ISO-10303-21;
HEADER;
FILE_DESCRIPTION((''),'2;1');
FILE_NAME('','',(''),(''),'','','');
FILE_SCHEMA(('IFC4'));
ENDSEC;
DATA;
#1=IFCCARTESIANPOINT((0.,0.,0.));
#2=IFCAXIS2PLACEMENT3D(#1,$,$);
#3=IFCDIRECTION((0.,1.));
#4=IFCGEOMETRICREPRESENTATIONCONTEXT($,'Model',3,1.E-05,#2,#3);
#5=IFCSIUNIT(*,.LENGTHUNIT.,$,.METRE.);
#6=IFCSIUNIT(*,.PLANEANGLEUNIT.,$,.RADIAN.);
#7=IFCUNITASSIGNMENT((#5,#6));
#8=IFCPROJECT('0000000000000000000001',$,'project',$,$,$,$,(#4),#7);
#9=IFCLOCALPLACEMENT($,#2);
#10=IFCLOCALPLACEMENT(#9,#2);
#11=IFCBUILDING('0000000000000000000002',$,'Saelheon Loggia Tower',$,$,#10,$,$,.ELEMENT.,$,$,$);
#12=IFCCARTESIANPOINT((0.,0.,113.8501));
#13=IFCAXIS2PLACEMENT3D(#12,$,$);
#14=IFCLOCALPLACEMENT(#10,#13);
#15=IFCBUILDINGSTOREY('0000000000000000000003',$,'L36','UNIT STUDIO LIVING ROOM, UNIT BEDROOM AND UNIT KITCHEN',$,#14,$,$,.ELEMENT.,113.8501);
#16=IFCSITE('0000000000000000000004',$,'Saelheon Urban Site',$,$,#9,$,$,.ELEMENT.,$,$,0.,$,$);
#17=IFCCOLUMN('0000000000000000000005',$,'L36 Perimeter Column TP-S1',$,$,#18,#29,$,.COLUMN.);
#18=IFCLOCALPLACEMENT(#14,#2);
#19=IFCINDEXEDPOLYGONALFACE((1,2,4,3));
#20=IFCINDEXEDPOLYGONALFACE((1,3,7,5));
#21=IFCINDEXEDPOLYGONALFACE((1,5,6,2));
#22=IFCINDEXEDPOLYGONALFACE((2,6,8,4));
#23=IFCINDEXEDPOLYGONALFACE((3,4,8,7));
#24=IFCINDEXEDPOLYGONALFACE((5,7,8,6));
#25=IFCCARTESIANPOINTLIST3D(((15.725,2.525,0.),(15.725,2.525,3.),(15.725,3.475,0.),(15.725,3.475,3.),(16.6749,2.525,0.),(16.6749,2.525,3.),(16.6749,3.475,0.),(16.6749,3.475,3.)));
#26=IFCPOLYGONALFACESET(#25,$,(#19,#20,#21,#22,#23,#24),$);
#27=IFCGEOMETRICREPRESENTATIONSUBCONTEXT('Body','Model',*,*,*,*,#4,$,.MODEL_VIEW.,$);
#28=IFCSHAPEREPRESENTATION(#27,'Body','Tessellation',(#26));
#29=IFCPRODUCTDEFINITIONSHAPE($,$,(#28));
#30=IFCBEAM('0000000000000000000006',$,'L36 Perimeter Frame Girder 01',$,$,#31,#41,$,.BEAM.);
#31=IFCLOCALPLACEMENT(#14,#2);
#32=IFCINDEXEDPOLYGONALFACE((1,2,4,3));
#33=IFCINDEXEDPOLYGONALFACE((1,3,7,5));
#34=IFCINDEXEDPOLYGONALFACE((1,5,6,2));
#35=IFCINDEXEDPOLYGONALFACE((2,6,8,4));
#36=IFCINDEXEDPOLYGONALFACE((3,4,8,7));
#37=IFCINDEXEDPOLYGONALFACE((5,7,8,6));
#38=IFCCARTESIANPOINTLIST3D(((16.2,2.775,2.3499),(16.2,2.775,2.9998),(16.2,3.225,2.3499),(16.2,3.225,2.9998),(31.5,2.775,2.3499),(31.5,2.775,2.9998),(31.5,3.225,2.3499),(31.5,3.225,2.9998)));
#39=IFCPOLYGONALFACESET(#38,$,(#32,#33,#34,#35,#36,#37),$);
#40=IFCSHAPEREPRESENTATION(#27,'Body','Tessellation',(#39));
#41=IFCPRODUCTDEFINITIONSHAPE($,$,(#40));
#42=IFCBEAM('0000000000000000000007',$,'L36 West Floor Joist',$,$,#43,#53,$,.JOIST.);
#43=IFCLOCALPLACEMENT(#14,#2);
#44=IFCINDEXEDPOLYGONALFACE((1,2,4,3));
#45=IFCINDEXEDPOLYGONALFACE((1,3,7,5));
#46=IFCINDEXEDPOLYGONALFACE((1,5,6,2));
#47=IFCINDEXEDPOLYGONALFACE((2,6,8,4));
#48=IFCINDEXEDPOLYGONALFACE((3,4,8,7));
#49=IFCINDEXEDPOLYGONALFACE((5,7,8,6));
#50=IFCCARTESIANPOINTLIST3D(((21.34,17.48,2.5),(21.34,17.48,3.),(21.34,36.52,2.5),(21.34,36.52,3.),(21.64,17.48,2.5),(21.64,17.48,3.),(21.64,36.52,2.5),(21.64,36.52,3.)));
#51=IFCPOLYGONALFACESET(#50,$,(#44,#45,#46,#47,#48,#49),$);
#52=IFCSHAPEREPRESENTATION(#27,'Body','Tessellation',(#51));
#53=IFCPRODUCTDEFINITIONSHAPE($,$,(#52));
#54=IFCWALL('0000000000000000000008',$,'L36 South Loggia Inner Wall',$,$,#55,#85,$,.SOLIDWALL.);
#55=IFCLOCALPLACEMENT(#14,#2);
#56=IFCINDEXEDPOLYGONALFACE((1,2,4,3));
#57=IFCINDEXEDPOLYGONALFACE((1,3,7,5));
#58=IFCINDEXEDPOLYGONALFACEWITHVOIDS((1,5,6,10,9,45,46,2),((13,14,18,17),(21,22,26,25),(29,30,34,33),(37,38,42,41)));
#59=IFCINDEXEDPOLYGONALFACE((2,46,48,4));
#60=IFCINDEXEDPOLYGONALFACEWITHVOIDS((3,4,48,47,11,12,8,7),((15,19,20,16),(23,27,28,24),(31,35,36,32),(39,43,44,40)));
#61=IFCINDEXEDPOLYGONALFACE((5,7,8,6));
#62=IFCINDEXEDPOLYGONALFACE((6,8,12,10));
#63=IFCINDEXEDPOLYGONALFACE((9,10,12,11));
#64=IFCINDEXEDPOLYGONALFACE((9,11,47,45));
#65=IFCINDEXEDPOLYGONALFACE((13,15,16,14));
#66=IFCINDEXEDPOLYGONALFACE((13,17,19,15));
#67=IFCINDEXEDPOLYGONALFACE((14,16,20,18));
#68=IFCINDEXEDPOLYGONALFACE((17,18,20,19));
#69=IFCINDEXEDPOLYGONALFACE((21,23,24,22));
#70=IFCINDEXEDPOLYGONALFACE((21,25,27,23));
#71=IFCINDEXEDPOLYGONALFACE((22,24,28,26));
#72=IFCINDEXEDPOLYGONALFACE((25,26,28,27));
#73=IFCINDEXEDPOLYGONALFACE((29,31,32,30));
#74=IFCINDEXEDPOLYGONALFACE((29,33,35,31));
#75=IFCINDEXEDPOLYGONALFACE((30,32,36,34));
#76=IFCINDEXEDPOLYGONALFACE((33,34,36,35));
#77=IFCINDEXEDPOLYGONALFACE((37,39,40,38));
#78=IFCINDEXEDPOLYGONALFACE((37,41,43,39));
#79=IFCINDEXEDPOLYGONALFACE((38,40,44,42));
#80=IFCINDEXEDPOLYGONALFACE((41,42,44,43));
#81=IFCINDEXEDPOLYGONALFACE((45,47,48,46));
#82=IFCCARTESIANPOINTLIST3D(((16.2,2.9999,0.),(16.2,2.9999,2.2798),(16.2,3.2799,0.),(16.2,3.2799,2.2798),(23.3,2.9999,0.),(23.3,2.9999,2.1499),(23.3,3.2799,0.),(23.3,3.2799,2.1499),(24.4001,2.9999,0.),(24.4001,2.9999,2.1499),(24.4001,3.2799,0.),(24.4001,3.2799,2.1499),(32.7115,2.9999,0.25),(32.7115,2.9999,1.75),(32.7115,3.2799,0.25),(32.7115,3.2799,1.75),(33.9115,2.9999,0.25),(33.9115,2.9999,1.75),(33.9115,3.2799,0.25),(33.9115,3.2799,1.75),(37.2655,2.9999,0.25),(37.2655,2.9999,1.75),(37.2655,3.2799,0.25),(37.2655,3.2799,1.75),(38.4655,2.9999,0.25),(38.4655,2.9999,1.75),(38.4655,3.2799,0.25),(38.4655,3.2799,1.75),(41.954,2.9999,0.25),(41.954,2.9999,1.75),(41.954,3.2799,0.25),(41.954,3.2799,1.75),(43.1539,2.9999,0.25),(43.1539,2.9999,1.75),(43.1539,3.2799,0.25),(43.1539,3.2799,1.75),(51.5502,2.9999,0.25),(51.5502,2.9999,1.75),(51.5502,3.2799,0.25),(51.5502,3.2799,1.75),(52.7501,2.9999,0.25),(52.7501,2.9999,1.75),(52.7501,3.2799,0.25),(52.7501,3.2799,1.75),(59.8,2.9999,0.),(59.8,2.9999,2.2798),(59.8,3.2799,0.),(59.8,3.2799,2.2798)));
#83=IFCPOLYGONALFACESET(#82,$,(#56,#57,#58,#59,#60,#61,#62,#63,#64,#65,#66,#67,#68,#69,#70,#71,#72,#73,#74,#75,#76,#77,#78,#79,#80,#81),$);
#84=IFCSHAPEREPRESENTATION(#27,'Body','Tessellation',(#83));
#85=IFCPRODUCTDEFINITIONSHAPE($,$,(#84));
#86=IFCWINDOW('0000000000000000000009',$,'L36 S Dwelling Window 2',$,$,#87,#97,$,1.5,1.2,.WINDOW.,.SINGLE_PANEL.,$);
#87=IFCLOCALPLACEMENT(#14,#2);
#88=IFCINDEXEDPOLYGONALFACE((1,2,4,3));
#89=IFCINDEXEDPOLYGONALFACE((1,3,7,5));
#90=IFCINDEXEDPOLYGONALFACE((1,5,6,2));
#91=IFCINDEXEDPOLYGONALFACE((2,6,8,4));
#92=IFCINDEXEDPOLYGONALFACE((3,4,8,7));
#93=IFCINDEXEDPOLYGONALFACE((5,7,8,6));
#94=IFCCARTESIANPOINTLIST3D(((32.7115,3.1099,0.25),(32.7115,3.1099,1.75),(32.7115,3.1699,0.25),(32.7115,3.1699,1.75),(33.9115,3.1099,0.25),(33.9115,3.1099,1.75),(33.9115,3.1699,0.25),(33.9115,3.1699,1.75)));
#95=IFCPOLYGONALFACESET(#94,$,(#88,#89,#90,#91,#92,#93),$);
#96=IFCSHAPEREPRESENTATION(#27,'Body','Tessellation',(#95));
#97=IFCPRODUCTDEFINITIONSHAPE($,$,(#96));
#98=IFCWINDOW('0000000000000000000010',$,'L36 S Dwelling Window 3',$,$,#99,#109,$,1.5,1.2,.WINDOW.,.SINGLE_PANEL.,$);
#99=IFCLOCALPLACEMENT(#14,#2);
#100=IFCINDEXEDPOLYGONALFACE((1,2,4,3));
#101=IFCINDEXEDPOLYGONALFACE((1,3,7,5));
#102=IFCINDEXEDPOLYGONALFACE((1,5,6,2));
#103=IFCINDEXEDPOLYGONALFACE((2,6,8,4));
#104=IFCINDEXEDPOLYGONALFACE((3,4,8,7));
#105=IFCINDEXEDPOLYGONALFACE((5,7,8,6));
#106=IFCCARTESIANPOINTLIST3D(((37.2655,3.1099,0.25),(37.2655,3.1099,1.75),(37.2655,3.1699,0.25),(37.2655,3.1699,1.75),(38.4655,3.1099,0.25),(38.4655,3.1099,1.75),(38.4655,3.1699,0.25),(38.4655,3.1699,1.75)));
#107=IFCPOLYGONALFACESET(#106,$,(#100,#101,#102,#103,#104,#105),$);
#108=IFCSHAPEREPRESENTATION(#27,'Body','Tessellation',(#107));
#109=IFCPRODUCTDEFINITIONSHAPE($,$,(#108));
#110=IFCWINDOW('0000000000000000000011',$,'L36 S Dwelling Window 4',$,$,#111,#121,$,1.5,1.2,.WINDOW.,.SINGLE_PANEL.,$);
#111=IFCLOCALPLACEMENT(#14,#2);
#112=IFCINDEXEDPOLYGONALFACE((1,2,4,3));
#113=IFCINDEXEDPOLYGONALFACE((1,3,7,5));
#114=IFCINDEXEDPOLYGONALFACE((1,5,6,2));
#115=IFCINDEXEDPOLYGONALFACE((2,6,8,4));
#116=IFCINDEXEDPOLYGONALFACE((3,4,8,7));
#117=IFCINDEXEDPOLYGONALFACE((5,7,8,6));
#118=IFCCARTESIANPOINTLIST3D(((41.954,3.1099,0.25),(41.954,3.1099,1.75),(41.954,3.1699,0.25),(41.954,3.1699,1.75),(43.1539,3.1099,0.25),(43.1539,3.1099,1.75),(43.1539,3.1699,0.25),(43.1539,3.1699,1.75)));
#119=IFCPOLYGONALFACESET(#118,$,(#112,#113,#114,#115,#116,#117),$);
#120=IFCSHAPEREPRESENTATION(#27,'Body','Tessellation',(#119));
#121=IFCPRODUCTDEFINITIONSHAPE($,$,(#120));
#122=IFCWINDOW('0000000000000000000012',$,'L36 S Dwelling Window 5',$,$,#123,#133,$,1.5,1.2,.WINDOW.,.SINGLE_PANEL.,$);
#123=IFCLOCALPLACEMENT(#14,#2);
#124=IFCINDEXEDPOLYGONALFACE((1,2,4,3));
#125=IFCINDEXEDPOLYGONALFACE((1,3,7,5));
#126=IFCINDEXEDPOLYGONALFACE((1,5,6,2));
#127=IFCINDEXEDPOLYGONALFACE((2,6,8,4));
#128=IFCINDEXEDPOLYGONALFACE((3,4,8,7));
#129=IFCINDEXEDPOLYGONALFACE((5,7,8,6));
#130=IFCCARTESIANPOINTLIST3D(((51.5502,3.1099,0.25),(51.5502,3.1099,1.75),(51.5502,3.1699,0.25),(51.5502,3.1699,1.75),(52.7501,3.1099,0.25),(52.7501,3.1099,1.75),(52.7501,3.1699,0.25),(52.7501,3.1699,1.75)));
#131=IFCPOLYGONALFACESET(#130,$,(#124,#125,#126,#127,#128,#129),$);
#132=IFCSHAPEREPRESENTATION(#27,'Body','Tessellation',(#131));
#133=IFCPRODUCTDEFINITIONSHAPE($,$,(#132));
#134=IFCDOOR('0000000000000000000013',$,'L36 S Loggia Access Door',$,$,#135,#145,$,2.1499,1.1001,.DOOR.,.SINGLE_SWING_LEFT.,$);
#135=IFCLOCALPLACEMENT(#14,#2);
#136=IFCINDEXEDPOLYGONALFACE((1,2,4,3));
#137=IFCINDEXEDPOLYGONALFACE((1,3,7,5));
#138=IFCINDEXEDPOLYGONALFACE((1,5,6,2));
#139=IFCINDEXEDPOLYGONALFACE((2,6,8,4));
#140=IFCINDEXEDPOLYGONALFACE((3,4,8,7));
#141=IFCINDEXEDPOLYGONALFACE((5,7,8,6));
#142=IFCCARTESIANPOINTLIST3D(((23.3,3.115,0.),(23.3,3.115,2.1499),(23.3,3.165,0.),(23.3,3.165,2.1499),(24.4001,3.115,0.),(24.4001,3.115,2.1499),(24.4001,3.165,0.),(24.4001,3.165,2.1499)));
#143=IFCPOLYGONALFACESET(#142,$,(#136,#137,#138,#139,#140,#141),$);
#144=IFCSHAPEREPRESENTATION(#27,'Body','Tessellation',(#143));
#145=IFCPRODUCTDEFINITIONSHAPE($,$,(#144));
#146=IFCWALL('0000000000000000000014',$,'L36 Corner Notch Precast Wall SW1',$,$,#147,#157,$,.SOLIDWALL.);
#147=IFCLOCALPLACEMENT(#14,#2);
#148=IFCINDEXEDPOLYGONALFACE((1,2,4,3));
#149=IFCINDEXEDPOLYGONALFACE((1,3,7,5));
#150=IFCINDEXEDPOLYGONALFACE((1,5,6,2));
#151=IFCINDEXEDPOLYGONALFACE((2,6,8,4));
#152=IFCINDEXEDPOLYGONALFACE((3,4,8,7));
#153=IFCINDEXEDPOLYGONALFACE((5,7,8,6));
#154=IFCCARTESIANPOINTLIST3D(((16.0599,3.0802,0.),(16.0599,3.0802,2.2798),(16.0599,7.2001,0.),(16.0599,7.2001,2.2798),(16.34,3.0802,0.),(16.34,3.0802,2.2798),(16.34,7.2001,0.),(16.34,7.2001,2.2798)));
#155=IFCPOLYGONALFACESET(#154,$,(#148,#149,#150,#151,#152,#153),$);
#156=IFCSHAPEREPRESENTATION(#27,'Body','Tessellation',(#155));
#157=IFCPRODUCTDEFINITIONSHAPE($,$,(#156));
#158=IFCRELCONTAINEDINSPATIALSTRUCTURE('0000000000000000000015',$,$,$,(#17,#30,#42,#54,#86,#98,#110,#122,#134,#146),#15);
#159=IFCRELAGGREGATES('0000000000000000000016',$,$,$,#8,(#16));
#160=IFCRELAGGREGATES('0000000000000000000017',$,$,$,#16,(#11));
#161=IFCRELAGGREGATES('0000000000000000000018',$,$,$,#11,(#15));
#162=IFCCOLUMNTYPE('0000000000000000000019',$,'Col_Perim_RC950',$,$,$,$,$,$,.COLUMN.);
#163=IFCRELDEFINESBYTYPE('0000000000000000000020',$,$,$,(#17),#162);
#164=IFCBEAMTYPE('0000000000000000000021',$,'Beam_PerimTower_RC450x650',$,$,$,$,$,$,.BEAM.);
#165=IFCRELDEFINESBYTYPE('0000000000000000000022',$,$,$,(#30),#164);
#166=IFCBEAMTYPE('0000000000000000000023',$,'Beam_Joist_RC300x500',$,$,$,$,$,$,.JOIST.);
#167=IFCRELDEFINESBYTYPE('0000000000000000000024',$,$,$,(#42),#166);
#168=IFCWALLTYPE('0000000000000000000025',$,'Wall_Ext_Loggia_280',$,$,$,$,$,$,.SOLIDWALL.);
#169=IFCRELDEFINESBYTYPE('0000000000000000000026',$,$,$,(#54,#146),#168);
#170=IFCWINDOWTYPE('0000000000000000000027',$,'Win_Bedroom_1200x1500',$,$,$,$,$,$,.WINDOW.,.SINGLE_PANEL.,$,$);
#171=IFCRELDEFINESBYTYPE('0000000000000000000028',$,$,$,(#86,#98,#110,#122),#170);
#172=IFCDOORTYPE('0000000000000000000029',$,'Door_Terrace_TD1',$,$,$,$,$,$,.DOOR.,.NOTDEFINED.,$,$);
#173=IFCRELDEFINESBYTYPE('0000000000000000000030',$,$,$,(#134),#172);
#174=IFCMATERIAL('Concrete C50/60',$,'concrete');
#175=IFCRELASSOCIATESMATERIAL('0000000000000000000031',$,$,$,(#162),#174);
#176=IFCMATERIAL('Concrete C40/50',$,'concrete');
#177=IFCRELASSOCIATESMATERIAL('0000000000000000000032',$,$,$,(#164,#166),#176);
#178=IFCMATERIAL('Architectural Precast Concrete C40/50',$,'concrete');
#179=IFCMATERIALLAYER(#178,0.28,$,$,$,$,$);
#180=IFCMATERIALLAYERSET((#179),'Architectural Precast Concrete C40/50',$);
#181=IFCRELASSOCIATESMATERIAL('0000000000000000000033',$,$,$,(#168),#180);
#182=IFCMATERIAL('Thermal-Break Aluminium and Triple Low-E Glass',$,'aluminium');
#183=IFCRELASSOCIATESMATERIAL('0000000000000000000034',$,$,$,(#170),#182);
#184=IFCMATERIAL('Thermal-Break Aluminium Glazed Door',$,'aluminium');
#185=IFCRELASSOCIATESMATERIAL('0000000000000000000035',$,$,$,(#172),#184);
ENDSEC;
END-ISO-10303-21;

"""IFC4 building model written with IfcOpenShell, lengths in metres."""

from ifc_helpers import new_model, si_unit, direction, frame, frame_2d, origin, origin_2d, place, context, subcontext, project, spatial, rectangle, extrude, source, transform, mapped, material, layer, layer_set, material_profile, profile_set, type_object, element, fill, save


model = new_model("IFC4")

# Units and contexts
model_context = context("Model", 3, precision=1e-05, world=origin(), true_north=direction((0.0, 1.0)))
body_context = subcontext(model_context, "Body", "Model", "MODEL_VIEW")
ifc_project = project(units=[si_unit("LENGTHUNIT", "METRE"), si_unit("PLANEANGLEUNIT", "RADIAN")], contexts=[model_context])

# Site, building, storey
site_placement = place(None, origin())
site = spatial("IfcSite", under=ifc_project, at=site_placement, Name="Saelheon Urban Site", CompositionType="ELEMENT", RefElevation=0.0)
building_placement = place(site_placement, origin())
building = spatial("IfcBuilding", under=site, at=building_placement, Name="Saelheon Loggia Tower", CompositionType="ELEMENT")
storey_placement = place(building_placement, frame((0.0, 0.0, 113.8501)))
storey = spatial("IfcBuildingStorey", under=building, at=storey_placement, Name="L36", Description="UNIT STUDIO LIVING ROOM, UNIT BEDROOM AND UNIT KITCHEN", CompositionType="ELEMENT", Elevation=113.8501)

# Column
ifc_material_1 = material(Name="Concrete C50/60", Category="concrete")
ifc_material_profile_1 = material_profile(ifc_material_1, rectangle(XDim=0.95, YDim=0.95, at=origin_2d()), Name="RC-950x950")
ifc_profile_set_1 = profile_set([ifc_material_profile_1], Name="Concrete C50/60")
column_type = type_object("IfcColumnType", Name="Col_Perim_RC950", PredefinedType="COLUMN", material=ifc_profile_set_1)
shared_shape_1 = source(origin(), body_context, "Body", "SweptSolid", [
    extrude(rectangle(XDim=0.95, YDim=0.95, at=origin_2d()), origin(), (0.0, 0.0, 1.0), 3.0),
])
column_placement = place(storey_placement, frame((16.2, 3.0, 0.0), z_axis=(0.0, 0.0, 1.0), x_axis=(1.0, 0.0, 0.0)))
element("IfcColumn", 1, at=column_placement, inside=storey, type_object=column_type, Name="L36 Perimeter Column TP-S1", PredefinedType="COLUMN", context=body_context, shape_type="MappedRepresentation", body=[
    mapped(shared_shape_1, transform((0.0, 0.0, 0.0), scale=1.0)),
])

# Beams
ifc_material_2 = material(Name="Concrete C40/50", Category="concrete")
ifc_material_profile_2 = material_profile(ifc_material_2, rectangle(XDim=0.45, YDim=0.6499, at=origin_2d()), Name="RC-450x650")
ifc_profile_set_2 = profile_set([ifc_material_profile_2], Name="Concrete C40/50")
beam_type_1 = type_object("IfcBeamType", Name="Beam_PerimTower_RC450x650", PredefinedType="BEAM", material=ifc_profile_set_2)
shared_shape_2 = source(origin(), body_context, "Body", "SweptSolid", [
    extrude(rectangle(XDim=0.45, YDim=0.6499, at=origin_2d()), origin(), (0.0, 0.0, 1.0), 15.3),
])
beam_1_placement = place(storey_placement, frame((16.2, 3.0, 2.6748), z_axis=(1.0, 0.0, 0.0), x_axis=(0.0, 1.0, 0.0)))
element("IfcBeam", 2, at=beam_1_placement, inside=storey, type_object=beam_type_1, Name="L36 Perimeter Frame Girder 01", PredefinedType="BEAM", context=body_context, shape_type="MappedRepresentation", body=[
    mapped(shared_shape_2, transform((0.0, 0.0, 0.0), scale=1.0)),
])
ifc_material_profile_3 = material_profile(ifc_material_2, rectangle(XDim=0.3, YDim=0.5, at=origin_2d()), Name="RC-300x500")
ifc_profile_set_3 = profile_set([ifc_material_profile_3], Name="Concrete C40/50")
beam_type_2 = type_object("IfcBeamType", Name="Beam_Joist_RC300x500", PredefinedType="JOIST", material=ifc_profile_set_3)
shared_shape_3 = source(origin(), body_context, "Body", "SweptSolid", [
    extrude(rectangle(XDim=0.3, YDim=0.5, at=origin_2d()), origin(), (0.0, 0.0, 1.0), 19.04),
])
beam_2_placement = place(storey_placement, frame((21.49, 17.48, 2.75), z_axis=(0.0, 1.0, 0.0), x_axis=(-1.0, 0.0, 0.0)))
element("IfcBeam", 3, at=beam_2_placement, inside=storey, type_object=beam_type_2, Name="L36 West Floor Joist", PredefinedType="JOIST", context=body_context, shape_type="MappedRepresentation", body=[
    mapped(shared_shape_3, transform((0.0, 0.0, 0.0), scale=1.0)),
])

# Wall, openings, windows, door
ifc_material_3 = material(Name="Architectural Precast Concrete C40/50", Category="concrete")
ifc_layer_1 = layer(ifc_material_3, 0.28)
ifc_layer_set_1 = layer_set([ifc_layer_1], Name="Architectural Precast Concrete C40/50")
wall_type_1 = type_object("IfcWallType", Name="Wall_Ext_Loggia_280", PredefinedType="SOLIDWALL", material=ifc_layer_set_1)
wall_1_placement = place(storey_placement, frame((16.2, 3.1399, 0.0), z_axis=(0.0, 0.0, 1.0), x_axis=(1.0, 0.0, 0.0)))
wall_1 = element("IfcWall", 4, at=wall_1_placement, inside=storey, type_object=wall_type_1, Name="L36 South Loggia Inner Wall", PredefinedType="SOLIDWALL", context=body_context, shape_type="SweptSolid", body=[
    extrude(rectangle(XDim=43.6001, YDim=0.28, at=frame_2d((21.8, 0.0))), origin(), (0.0, 0.0, 1.0), 2.2798),
])
opening_1_placement = place(wall_1_placement, frame((8.2002, 0.0, 0.0), z_axis=(0.0, 0.0, 1.0), x_axis=(-1.0, 0.0, 0.0)))
opening_1 = element("IfcOpeningElement", 5, at=opening_1_placement, cuts=wall_1, PredefinedType="OPENING", context=body_context, shape_type="SweptSolid", body=[
    extrude(rectangle(XDim=1.1001, YDim=2.1499, at=frame_2d((0.55, 1.075))), frame((0.0, 0.1521, 0.0), z_axis=(0.0, -1.0, 0.0), x_axis=(1.0, 0.0, 0.0)), (0.0, 0.0, 1.0), 0.304),
])
opening_2_placement = place(wall_1_placement, frame((16.5115, 0.0, 0.25)))
opening_2 = element("IfcOpeningElement", 6, at=opening_2_placement, cuts=wall_1, PredefinedType="OPENING", context=body_context, shape_type="SweptSolid", body=[
    extrude(rectangle(XDim=1.2, YDim=1.5, at=frame_2d((0.6001, 0.75))), frame((0.0, 0.1521, 0.0), z_axis=(0.0, -1.0, 0.0), x_axis=(1.0, 0.0, 0.0)), (0.0, 0.0, 1.0), 0.304),
])
opening_3_placement = place(wall_1_placement, frame((21.0654, 0.0, 0.25)))
opening_3 = element("IfcOpeningElement", 7, at=opening_3_placement, cuts=wall_1, PredefinedType="OPENING", context=body_context, shape_type="SweptSolid", body=[
    extrude(rectangle(XDim=1.2, YDim=1.5, at=frame_2d((0.6001, 0.75))), frame((0.0, 0.1521, 0.0), z_axis=(0.0, -1.0, 0.0), x_axis=(1.0, 0.0, 0.0)), (0.0, 0.0, 1.0), 0.304),
])
opening_4_placement = place(wall_1_placement, frame((25.7539, 0.0, 0.25)))
opening_4 = element("IfcOpeningElement", 8, at=opening_4_placement, cuts=wall_1, PredefinedType="OPENING", context=body_context, shape_type="SweptSolid", body=[
    extrude(rectangle(XDim=1.2, YDim=1.5, at=frame_2d((0.6001, 0.75))), frame((0.0, 0.1521, 0.0), z_axis=(0.0, -1.0, 0.0), x_axis=(1.0, 0.0, 0.0)), (0.0, 0.0, 1.0), 0.304),
])
opening_5_placement = place(wall_1_placement, frame((35.3501, 0.0, 0.25)))
opening_5 = element("IfcOpeningElement", 9, at=opening_5_placement, cuts=wall_1, PredefinedType="OPENING", context=body_context, shape_type="SweptSolid", body=[
    extrude(rectangle(XDim=1.2, YDim=1.5, at=frame_2d((0.6001, 0.75))), frame((0.0, 0.1521, 0.0), z_axis=(0.0, -1.0, 0.0), x_axis=(1.0, 0.0, 0.0)), (0.0, 0.0, 1.0), 0.304),
])
ifc_material_4 = material(Name="Thermal-Break Aluminium and Triple Low-E Glass", Category="aluminium")
window_type = type_object("IfcWindowType", Name="Win_Bedroom_1200x1500", PartitioningType="SINGLE_PANEL", PredefinedType="WINDOW", material=ifc_material_4)
shared_shape_4 = source(origin(), body_context, "Body", "SweptSolid", [
    extrude(rectangle(XDim=1.2, YDim=1.5, at=frame_2d((0.6001, 0.75))), frame((0.0, 0.03, 0.0), z_axis=(0.0, -1.0, 0.0), x_axis=(1.0, 0.0, 0.0)), (0.0, 0.0, 1.0), 0.0601),
])
window_1_placement = place(opening_2_placement, origin())
window_1 = element("IfcWindow", 10, at=window_1_placement, inside=storey, type_object=window_type, Name="L36 S Dwelling Window 2", OverallHeight=1.5, OverallWidth=1.2, PartitioningType="SINGLE_PANEL", PredefinedType="WINDOW", context=body_context, shape_type="MappedRepresentation", body=[
    mapped(shared_shape_4, transform((0.0, 0.0, 0.0), scale=1.0)),
])
fill(opening_2, window_1)
window_2_placement = place(opening_3_placement, origin())
window_2 = element("IfcWindow", 11, at=window_2_placement, inside=storey, type_object=window_type, Name="L36 S Dwelling Window 3", OverallHeight=1.5, OverallWidth=1.2, PartitioningType="SINGLE_PANEL", PredefinedType="WINDOW", context=body_context, shape_type="MappedRepresentation", body=[
    mapped(shared_shape_4, transform((0.0, 0.0, 0.0), scale=1.0)),
])
fill(opening_3, window_2)
window_3_placement = place(opening_4_placement, origin())
window_3 = element("IfcWindow", 12, at=window_3_placement, inside=storey, type_object=window_type, Name="L36 S Dwelling Window 4", OverallHeight=1.5, OverallWidth=1.2, PartitioningType="SINGLE_PANEL", PredefinedType="WINDOW", context=body_context, shape_type="MappedRepresentation", body=[
    mapped(shared_shape_4, transform((0.0, 0.0, 0.0), scale=1.0)),
])
fill(opening_4, window_3)
window_4_placement = place(opening_5_placement, origin())
window_4 = element("IfcWindow", 13, at=window_4_placement, inside=storey, type_object=window_type, Name="L36 S Dwelling Window 5", OverallHeight=1.5, OverallWidth=1.2, PartitioningType="SINGLE_PANEL", PredefinedType="WINDOW", context=body_context, shape_type="MappedRepresentation", body=[
    mapped(shared_shape_4, transform((0.0, 0.0, 0.0), scale=1.0)),
])
fill(opening_5, window_4)
ifc_material_5 = material(Name="Thermal-Break Aluminium Glazed Door", Category="aluminium")
door_type_1 = type_object("IfcDoorType", Name="Door_Terrace_TD1", OperationType="NOTDEFINED", PredefinedType="DOOR", material=ifc_material_5)
shared_shape_5 = source(origin(), body_context, "Body", "SweptSolid", [
    extrude(rectangle(XDim=1.1001, YDim=2.1499, at=frame_2d((0.55, 1.075))), frame((0.0, 0.0249, 0.0), z_axis=(0.0, -1.0, 0.0), x_axis=(1.0, 0.0, 0.0)), (0.0, 0.0, 1.0), 0.05),
])
door_1_placement = place(opening_1_placement, origin())
door_1 = element("IfcDoor", 14, at=door_1_placement, inside=storey, type_object=door_type_1, Name="L36 S Loggia Access Door", OperationType="SINGLE_SWING_LEFT", OverallHeight=2.1499, OverallWidth=1.1001, PredefinedType="DOOR", context=body_context, shape_type="MappedRepresentation", body=[
    mapped(shared_shape_5, transform((0.0, 0.0, 0.0), scale=1.0)),
])
fill(opening_1, door_1)

# Wall
wall_2_placement = place(storey_placement, frame((16.2, 3.0801, 0.0), z_axis=(0.0, 0.0, 1.0), x_axis=(0.0, 1.0, 0.0)))
element("IfcWall", 15, at=wall_2_placement, inside=storey, type_object=wall_type_1, Name="L36 Corner Notch Precast Wall SW1", PredefinedType="SOLIDWALL", context=body_context, shape_type="SweptSolid", body=[
    extrude(rectangle(XDim=4.1199, YDim=0.28, at=frame_2d((2.0601, 0.0))), origin(), (0.0, 0.0, 1.0), 2.2798),
])

save(model, "model.ifc")
